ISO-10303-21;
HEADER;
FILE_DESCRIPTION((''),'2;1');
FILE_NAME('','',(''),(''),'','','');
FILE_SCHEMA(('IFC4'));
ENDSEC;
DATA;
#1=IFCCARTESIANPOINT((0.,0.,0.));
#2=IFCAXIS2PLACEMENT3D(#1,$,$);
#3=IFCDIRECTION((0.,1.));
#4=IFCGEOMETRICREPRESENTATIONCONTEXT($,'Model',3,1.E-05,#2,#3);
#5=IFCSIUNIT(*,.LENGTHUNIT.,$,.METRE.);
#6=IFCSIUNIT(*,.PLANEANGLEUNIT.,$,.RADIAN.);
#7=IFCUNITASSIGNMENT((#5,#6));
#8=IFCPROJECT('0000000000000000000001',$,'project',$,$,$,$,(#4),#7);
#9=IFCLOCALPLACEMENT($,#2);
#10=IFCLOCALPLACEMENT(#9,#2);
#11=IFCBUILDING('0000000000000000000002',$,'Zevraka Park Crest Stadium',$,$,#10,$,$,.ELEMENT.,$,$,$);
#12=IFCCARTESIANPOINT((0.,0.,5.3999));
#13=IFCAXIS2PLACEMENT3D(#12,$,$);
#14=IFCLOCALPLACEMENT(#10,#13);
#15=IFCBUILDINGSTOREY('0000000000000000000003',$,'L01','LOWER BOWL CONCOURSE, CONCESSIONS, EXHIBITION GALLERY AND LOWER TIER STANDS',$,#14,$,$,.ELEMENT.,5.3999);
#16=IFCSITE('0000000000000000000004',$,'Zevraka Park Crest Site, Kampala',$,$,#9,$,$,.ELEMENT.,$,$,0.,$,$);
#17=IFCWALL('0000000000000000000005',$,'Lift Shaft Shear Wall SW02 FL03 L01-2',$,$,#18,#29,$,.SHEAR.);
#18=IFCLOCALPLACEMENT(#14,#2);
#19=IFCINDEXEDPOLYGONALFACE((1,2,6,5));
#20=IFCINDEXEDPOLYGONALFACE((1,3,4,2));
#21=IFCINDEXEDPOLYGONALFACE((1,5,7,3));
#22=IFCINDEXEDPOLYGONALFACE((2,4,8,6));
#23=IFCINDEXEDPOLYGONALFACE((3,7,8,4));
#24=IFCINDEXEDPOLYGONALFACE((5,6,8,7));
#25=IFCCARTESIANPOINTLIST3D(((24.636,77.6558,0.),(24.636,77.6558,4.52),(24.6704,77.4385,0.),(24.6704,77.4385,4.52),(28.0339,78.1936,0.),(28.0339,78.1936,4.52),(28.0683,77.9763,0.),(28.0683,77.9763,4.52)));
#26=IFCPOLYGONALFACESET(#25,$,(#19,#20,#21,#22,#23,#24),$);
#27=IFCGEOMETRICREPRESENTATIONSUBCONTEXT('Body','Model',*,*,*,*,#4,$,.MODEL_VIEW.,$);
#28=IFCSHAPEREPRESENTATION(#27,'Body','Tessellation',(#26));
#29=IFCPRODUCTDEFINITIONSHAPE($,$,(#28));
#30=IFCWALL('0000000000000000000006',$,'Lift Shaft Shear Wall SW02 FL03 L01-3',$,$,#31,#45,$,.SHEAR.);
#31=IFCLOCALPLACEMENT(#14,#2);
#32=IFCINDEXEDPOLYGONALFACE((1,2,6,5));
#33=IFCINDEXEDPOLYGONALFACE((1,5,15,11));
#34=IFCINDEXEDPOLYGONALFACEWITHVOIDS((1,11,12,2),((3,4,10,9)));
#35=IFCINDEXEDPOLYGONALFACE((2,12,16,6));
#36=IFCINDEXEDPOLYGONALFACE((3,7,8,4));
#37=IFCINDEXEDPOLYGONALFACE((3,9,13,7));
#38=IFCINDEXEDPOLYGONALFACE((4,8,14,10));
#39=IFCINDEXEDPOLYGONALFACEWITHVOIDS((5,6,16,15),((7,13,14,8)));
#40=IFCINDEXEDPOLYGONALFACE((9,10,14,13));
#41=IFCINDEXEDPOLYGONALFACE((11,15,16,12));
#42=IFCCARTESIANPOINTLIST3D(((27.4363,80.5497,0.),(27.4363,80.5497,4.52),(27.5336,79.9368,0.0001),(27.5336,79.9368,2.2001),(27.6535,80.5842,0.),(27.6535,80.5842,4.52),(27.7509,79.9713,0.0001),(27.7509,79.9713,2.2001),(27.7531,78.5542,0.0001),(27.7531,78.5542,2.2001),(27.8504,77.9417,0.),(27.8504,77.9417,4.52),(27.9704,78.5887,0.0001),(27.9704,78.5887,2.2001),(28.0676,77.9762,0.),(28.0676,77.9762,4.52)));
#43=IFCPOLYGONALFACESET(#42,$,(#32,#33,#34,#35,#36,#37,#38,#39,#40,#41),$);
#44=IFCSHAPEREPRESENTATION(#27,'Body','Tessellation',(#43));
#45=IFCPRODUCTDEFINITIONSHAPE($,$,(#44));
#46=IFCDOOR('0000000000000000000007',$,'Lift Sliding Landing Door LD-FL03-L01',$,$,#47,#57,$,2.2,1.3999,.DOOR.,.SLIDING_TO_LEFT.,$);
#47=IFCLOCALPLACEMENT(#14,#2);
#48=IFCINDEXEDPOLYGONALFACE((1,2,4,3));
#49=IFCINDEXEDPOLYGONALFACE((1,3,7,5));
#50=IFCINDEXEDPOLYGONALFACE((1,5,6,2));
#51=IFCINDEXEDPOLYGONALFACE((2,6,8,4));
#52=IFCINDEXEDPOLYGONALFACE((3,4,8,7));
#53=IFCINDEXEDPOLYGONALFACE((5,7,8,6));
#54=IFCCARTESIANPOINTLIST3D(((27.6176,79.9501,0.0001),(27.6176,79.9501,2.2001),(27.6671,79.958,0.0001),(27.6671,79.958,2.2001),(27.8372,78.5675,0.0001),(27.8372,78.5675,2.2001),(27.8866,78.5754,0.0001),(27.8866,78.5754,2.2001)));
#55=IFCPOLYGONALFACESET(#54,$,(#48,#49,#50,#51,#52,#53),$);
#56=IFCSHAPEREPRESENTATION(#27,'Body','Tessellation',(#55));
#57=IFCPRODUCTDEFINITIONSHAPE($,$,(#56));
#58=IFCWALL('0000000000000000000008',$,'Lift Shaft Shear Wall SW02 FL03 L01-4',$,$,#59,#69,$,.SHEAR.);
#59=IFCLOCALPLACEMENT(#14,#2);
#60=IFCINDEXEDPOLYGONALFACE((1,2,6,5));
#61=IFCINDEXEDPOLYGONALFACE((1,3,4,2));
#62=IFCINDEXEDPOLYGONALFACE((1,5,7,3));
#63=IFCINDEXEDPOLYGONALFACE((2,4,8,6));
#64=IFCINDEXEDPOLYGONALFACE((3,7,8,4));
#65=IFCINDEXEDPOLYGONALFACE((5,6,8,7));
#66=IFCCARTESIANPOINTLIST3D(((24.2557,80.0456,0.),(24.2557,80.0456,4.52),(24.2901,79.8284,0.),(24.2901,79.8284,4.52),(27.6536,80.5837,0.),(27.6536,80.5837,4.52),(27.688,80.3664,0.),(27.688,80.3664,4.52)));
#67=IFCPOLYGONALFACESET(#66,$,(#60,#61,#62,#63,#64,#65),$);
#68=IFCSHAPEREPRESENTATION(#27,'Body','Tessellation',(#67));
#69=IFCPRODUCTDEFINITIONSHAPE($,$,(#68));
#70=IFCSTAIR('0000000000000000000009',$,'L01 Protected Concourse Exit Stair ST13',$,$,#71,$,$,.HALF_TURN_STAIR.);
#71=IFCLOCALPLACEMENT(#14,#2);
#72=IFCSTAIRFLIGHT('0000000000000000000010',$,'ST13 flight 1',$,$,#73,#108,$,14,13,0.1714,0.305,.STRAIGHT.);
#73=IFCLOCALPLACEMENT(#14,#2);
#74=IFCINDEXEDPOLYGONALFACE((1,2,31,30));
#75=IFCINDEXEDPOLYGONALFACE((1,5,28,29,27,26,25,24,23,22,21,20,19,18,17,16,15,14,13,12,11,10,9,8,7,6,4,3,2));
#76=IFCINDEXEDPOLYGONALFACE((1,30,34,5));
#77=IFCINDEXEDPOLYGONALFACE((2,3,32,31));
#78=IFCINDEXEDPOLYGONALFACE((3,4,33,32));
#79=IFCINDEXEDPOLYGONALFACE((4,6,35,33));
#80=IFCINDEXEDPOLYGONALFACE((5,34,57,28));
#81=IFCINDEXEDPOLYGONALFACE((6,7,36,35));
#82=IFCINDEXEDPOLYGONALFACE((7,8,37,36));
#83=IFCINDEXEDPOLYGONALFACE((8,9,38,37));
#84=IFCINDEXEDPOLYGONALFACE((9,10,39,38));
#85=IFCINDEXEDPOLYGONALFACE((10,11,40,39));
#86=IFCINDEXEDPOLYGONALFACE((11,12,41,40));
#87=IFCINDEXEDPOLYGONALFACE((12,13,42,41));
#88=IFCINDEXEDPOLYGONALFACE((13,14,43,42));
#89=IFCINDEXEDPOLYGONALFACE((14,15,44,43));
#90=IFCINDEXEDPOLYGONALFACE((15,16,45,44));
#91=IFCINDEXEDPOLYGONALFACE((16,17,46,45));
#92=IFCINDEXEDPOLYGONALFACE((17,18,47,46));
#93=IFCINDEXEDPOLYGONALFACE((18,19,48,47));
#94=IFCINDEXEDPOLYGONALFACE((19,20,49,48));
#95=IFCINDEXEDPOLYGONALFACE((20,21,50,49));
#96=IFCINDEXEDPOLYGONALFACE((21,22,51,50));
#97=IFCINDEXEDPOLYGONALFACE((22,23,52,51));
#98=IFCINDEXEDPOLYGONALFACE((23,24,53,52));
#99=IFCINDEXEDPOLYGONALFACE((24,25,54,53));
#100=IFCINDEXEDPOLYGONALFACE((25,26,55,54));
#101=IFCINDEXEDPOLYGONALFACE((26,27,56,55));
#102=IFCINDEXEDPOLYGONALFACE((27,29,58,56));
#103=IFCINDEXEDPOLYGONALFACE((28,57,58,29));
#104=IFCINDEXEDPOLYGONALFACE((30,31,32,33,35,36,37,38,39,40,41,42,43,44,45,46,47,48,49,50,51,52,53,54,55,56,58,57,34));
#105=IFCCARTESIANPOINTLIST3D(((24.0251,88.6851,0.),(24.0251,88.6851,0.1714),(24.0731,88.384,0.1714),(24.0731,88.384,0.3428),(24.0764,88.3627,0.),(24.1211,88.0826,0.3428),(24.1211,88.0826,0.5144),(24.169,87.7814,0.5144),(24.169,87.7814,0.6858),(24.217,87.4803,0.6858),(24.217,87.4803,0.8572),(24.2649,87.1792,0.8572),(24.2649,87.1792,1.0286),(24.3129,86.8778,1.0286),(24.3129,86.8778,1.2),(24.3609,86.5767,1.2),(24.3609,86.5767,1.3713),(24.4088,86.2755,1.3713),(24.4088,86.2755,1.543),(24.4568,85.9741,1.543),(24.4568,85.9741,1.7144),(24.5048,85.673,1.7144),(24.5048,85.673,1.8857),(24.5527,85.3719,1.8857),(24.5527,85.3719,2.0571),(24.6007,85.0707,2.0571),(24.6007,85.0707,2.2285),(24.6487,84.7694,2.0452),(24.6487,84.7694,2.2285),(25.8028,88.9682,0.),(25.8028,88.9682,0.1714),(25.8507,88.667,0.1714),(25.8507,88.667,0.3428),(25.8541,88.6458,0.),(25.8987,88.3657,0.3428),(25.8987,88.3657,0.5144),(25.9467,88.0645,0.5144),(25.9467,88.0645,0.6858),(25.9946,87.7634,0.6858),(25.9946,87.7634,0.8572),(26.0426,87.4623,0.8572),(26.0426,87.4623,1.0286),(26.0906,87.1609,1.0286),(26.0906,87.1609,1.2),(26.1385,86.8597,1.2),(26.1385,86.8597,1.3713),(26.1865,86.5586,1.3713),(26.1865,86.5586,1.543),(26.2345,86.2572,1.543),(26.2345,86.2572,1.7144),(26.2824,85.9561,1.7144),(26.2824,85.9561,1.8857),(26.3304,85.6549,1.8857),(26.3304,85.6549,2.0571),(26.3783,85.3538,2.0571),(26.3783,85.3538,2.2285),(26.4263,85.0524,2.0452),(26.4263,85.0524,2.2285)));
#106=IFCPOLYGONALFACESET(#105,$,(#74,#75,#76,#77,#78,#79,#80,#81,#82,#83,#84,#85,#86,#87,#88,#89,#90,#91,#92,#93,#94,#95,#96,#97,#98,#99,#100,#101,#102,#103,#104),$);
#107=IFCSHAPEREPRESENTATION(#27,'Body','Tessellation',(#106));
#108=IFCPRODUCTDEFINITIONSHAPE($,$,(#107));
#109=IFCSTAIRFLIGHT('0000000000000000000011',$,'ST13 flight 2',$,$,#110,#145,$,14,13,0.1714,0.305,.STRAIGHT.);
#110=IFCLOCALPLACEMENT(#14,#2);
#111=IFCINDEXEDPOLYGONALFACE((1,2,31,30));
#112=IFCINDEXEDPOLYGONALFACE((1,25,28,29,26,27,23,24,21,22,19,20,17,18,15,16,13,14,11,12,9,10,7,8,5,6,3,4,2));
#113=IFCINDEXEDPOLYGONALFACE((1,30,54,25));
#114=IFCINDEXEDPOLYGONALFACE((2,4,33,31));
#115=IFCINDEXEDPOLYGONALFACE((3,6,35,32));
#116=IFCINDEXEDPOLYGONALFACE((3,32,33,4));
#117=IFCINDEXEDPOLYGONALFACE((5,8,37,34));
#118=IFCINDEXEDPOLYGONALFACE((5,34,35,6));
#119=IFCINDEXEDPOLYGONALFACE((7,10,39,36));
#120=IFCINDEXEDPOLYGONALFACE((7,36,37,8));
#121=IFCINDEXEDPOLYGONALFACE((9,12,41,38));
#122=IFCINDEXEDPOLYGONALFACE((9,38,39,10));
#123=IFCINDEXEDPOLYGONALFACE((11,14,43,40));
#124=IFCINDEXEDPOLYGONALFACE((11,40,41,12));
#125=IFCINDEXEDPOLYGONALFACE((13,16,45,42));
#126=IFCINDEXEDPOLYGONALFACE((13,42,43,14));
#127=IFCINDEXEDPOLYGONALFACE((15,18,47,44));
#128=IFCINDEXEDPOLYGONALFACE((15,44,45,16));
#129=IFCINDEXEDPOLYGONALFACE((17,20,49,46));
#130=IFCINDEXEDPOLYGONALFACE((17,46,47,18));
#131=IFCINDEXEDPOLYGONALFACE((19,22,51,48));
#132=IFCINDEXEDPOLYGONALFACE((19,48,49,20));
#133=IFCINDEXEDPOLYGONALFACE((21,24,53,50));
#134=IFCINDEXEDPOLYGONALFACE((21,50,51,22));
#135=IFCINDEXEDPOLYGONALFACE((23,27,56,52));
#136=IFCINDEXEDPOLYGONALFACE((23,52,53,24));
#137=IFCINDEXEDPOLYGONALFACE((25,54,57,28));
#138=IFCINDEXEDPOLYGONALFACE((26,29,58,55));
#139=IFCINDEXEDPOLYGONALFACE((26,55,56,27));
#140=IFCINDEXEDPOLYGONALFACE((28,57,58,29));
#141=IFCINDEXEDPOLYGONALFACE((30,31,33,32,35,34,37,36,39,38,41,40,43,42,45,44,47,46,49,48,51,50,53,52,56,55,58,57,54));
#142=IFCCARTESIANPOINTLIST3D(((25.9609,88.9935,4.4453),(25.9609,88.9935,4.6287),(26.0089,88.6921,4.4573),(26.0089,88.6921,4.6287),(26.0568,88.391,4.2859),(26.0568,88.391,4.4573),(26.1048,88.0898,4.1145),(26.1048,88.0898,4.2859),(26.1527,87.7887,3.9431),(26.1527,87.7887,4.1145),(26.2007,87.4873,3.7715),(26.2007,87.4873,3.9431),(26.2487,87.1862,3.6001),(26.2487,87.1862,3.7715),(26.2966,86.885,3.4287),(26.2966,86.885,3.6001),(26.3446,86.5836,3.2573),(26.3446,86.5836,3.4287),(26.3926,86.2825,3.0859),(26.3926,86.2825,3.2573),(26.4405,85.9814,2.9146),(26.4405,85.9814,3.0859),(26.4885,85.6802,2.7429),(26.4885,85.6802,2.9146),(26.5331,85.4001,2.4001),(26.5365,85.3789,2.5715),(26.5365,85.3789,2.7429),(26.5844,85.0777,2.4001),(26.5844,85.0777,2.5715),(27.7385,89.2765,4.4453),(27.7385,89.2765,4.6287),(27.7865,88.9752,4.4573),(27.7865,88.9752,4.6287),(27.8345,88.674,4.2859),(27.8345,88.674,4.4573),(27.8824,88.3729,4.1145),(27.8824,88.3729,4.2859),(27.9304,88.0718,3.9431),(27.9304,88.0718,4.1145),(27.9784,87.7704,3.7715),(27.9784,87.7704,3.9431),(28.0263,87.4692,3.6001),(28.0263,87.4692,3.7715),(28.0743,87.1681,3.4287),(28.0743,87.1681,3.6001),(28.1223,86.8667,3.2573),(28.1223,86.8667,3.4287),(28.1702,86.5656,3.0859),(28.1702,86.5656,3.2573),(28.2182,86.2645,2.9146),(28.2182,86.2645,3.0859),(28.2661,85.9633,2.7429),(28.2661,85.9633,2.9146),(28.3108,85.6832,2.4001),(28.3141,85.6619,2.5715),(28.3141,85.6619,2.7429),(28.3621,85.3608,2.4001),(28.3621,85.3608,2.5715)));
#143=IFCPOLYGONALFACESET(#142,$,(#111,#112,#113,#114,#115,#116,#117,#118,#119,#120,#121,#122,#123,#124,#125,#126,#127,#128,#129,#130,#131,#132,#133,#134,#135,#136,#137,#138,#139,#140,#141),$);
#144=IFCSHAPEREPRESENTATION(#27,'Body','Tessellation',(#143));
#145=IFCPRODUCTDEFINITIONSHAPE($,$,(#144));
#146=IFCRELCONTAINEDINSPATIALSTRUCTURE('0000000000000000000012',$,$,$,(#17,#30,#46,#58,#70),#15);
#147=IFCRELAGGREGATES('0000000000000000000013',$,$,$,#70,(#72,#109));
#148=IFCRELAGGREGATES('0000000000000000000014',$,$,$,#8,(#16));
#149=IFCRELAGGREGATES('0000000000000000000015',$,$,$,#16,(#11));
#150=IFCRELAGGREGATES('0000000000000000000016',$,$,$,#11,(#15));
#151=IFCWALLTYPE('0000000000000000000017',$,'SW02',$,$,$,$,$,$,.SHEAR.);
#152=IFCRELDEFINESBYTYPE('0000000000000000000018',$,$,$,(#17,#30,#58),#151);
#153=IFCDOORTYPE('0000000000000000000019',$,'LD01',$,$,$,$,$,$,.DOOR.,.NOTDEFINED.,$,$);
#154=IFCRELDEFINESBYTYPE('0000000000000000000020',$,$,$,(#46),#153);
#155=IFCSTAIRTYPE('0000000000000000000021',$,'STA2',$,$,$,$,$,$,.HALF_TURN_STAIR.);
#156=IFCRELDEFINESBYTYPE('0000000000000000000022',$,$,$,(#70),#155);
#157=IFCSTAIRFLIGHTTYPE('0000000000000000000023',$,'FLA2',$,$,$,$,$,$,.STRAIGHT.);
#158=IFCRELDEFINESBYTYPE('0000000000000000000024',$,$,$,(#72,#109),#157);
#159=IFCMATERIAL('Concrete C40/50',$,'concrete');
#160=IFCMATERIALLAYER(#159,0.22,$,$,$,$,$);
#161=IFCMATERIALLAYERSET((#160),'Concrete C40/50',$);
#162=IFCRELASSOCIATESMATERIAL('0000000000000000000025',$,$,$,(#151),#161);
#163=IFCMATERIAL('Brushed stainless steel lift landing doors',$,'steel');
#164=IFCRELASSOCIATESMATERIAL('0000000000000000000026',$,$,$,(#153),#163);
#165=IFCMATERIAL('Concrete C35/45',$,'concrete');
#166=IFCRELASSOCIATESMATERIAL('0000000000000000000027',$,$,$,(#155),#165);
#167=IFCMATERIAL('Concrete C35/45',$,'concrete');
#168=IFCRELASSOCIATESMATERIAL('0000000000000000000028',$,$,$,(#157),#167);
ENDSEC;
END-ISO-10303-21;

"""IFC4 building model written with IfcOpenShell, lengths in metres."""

from ifc_helpers import new_model, si_unit, direction, frame, frame_2d, origin, place, context, subcontext, project, spatial, polyline, rectangle, outline, extrude, material, layer, layer_set, type_object, element, fill, aggregate, save


model = new_model("IFC4")

# Units and contexts
model_context = context("Model", 3, precision=1e-05, world=origin(), true_north=direction((0.0, 1.0)))
body_context = subcontext(model_context, "Body", "Model", "MODEL_VIEW")
ifc_project = project(units=[si_unit("LENGTHUNIT", "METRE"), si_unit("PLANEANGLEUNIT", "RADIAN")], contexts=[model_context])

# Site, building, storey
site_placement = place(None, origin())
site = spatial("IfcSite", under=ifc_project, at=site_placement, Name="Zevraka Park Crest Site, Kampala", CompositionType="ELEMENT", RefElevation=0.0)
building_placement = place(site_placement, origin())
building = spatial("IfcBuilding", under=site, at=building_placement, Name="Zevraka Park Crest Stadium", CompositionType="ELEMENT")
storey_placement = place(building_placement, frame((0.0, 0.0, 5.3999)))
storey = spatial("IfcBuildingStorey", under=building, at=storey_placement, Name="L01", Description="LOWER BOWL CONCOURSE, CONCESSIONS, EXHIBITION GALLERY AND LOWER TIER STANDS", CompositionType="ELEMENT", Elevation=5.3999)

# Wall
ifc_material_1 = material(Name="Concrete C40/50", Category="concrete")
ifc_layer_1 = layer(ifc_material_1, 0.22)
ifc_layer_set_1 = layer_set([ifc_layer_1], Name="Concrete C40/50")
wall_type_1 = type_object("IfcWallType", Name="SW02", PredefinedType="SHEAR", material=ifc_layer_set_1)
wall_1_placement = place(storey_placement, frame((24.6531, 77.5471, 0.0), z_axis=(0.0, 0.0, 1.0), x_axis=(0.987704, 0.156338, 0.0)))
element("IfcWall", 1, at=wall_1_placement, inside=storey, type_object=wall_type_1, Name="Lift Shaft Shear Wall SW02 FL03 L01-2", PredefinedType="SHEAR", context=body_context, shape_type="SweptSolid", body=[
    extrude(rectangle(XDim=3.4402, YDim=0.22, at=frame_2d((1.7202, 0.0))), origin(), (0.0, 0.0, 1.0), 4.52),
])

# Wall, opening, door
wall_2_placement = place(storey_placement, frame((27.959, 77.959, 0.0), z_axis=(0.0, 0.0, 1.0), x_axis=(-0.156808, 0.987629, 0.0)))
wall_2 = element("IfcWall", 2, at=wall_2_placement, inside=storey, type_object=wall_type_1, Name="Lift Shaft Shear Wall SW02 FL03 L01-3", PredefinedType="SHEAR", context=body_context, shape_type="SweptSolid", body=[
    extrude(rectangle(XDim=2.6406, YDim=0.22, at=frame_2d((1.3203, 0.0))), origin(), (0.0, 0.0, 1.0), 4.52),
])
opening_1_placement = place(wall_2_placement, frame((0.6201, 0.0, 0.0)))
opening_1 = element("IfcOpeningElement", 3, at=opening_1_placement, cuts=wall_2, PredefinedType="OPENING", context=body_context, shape_type="SweptSolid", body=[
    extrude(rectangle(XDim=1.3999, YDim=2.2, at=frame_2d((0.7, 1.1001))), frame((0.0, 0.1199, 0.0), z_axis=(0.0, -1.0, 0.0), x_axis=(1.0, 0.0, 0.0)), (0.0, 0.0, 1.0), 0.24),
])
ifc_material_2 = material(Name="Brushed stainless steel lift landing doors", Category="steel")
door_type_1 = type_object("IfcDoorType", Name="LD01", OperationType="NOTDEFINED", PredefinedType="DOOR", material=ifc_material_2)
door_1_placement = place(opening_1_placement, origin())
door_1 = element("IfcDoor", 4, at=door_1_placement, inside=storey, type_object=door_type_1, Name="Lift Sliding Landing Door LD-FL03-L01", OperationType="SLIDING_TO_LEFT", OverallHeight=2.2, OverallWidth=1.3999, PredefinedType="DOOR", context=body_context, shape_type="SweptSolid", body=[
    extrude(rectangle(XDim=1.3999, YDim=2.2, at=frame_2d((0.7, 1.1001))), frame((0.0, 0.0249, 0.0), z_axis=(0.0, -1.0, 0.0), x_axis=(1.0, 0.0, 0.0)), (0.0, 0.0, 1.0), 0.05),
])
fill(opening_1, door_1)

# Wall
wall_3_placement = place(storey_placement, frame((27.6709, 80.4751, 0.0), z_axis=(0.0, 0.0, 1.0), x_axis=(-0.987693, -0.156407, 0.0)))
element("IfcWall", 5, at=wall_3_placement, inside=storey, type_object=wall_type_1, Name="Lift Shaft Shear Wall SW02 FL03 L01-4", PredefinedType="SHEAR", context=body_context, shape_type="SweptSolid", body=[
    extrude(rectangle(XDim=3.4402, YDim=0.22, at=frame_2d((1.7202, 0.0))), origin(), (0.0, 0.0, 1.0), 4.52),
])

# Stair, stair flights
ifc_material_3 = material(Name="Concrete C35/45", Category="concrete")
stair_type = type_object("IfcStairType", Name="STA2", PredefinedType="HALF_TURN_STAIR", material=ifc_material_3)
stair_placement = place(storey_placement, origin())
stair = element("IfcStair", 6, at=stair_placement, inside=storey, type_object=stair_type, Name="L01 Protected Concourse Exit Stair ST13", PredefinedType="HALF_TURN_STAIR")
ifc_material_4 = material(Name="Concrete C35/45", Category="concrete")
stair_flight_type = type_object("IfcStairFlightType", Name="FLA2", PredefinedType="STRAIGHT", material=ifc_material_4)
stair_flight_1_placement = place(storey_placement, frame((24.9141, 88.8267, 0.0), z_axis=(0.0, 0.0, 1.0), x_axis=(0.157262, -0.987557, 0.0)))
stair_flight_1 = element("IfcStairFlight", 7, at=stair_flight_1_placement, type_object=stair_flight_type, Name="ST13 flight 1", NumberOfRisers=14, NumberOfTreads=13, PredefinedType="STRAIGHT", RiserHeight=0.1714, TreadLength=0.305, context=body_context, shape_type="SweptSolid", body=[
    extrude(outline(polyline([(0.0, 0.0), (0.0, 0.1714), (0.3049, 0.1714), (0.3049, 0.3428), (0.6101, 0.3428), (0.6101, 0.5144), (0.915, 0.5144), (0.915, 0.6858), (1.22, 0.6858), (1.22, 0.8572), (1.5249, 0.8572), (1.5249, 1.0286), (1.8301, 1.0286), (1.8301, 1.2), (2.135, 1.2), (2.135, 1.3713), (2.4399, 1.3713), (2.4399, 1.543), (2.7451, 1.543), (2.7451, 1.7144), (3.05, 1.7144), (3.05, 1.8857), (3.355, 1.8857), (3.355, 2.0571), (3.6599, 2.0571), (3.6599, 2.2285), (3.9651, 2.2285), (3.9651, 2.3999), (3.9651, 2.0452), (0.3264, 0.0), (0.0, 0.0)])), frame((0.0, 0.8999, 0.0), z_axis=(0.0, -1.0, 0.0), x_axis=(1.0, 0.0, 0.0)), (0.0, 0.0, 1.0), 1.8),
])
stair_flight_2_placement = place(storey_placement, frame((27.4731, 85.2192, 2.4001), z_axis=(0.0, 0.0, 1.0), x_axis=(-0.157262, 0.987557, 0.0)))
stair_flight_2 = element("IfcStairFlight", 8, at=stair_flight_2_placement, type_object=stair_flight_type, Name="ST13 flight 2", NumberOfRisers=14, NumberOfTreads=13, PredefinedType="STRAIGHT", RiserHeight=0.1714, TreadLength=0.305, context=body_context, shape_type="SweptSolid", body=[
    extrude(outline(polyline([(0.0, 0.0), (0.0, 0.1714), (0.3049, 0.1714), (0.3049, 0.3428), (0.6101, 0.3428), (0.6101, 0.5144), (0.915, 0.5144), (0.915, 0.6858), (1.22, 0.6858), (1.22, 0.8572), (1.5249, 0.8572), (1.5249, 1.0286), (1.8301, 1.0286), (1.8301, 1.2), (2.135, 1.2), (2.135, 1.3713), (2.4399, 1.3713), (2.4399, 1.543), (2.7451, 1.543), (2.7451, 1.7144), (3.05, 1.7144), (3.05, 1.8857), (3.355, 1.8857), (3.355, 2.0571), (3.6599, 2.0571), (3.6599, 2.2285), (3.9651, 2.2285), (3.9651, 2.3999), (3.9651, 2.0452), (0.3264, 0.0), (0.0, 0.0)])), frame((0.0, 0.8999, 0.0), z_axis=(0.0, -1.0, 0.0), x_axis=(1.0, 0.0, 0.0)), (0.0, 0.0, 1.0), 1.8),
])
aggregate(stair, [stair_flight_1, stair_flight_2])

save(model, "model.ifc")
